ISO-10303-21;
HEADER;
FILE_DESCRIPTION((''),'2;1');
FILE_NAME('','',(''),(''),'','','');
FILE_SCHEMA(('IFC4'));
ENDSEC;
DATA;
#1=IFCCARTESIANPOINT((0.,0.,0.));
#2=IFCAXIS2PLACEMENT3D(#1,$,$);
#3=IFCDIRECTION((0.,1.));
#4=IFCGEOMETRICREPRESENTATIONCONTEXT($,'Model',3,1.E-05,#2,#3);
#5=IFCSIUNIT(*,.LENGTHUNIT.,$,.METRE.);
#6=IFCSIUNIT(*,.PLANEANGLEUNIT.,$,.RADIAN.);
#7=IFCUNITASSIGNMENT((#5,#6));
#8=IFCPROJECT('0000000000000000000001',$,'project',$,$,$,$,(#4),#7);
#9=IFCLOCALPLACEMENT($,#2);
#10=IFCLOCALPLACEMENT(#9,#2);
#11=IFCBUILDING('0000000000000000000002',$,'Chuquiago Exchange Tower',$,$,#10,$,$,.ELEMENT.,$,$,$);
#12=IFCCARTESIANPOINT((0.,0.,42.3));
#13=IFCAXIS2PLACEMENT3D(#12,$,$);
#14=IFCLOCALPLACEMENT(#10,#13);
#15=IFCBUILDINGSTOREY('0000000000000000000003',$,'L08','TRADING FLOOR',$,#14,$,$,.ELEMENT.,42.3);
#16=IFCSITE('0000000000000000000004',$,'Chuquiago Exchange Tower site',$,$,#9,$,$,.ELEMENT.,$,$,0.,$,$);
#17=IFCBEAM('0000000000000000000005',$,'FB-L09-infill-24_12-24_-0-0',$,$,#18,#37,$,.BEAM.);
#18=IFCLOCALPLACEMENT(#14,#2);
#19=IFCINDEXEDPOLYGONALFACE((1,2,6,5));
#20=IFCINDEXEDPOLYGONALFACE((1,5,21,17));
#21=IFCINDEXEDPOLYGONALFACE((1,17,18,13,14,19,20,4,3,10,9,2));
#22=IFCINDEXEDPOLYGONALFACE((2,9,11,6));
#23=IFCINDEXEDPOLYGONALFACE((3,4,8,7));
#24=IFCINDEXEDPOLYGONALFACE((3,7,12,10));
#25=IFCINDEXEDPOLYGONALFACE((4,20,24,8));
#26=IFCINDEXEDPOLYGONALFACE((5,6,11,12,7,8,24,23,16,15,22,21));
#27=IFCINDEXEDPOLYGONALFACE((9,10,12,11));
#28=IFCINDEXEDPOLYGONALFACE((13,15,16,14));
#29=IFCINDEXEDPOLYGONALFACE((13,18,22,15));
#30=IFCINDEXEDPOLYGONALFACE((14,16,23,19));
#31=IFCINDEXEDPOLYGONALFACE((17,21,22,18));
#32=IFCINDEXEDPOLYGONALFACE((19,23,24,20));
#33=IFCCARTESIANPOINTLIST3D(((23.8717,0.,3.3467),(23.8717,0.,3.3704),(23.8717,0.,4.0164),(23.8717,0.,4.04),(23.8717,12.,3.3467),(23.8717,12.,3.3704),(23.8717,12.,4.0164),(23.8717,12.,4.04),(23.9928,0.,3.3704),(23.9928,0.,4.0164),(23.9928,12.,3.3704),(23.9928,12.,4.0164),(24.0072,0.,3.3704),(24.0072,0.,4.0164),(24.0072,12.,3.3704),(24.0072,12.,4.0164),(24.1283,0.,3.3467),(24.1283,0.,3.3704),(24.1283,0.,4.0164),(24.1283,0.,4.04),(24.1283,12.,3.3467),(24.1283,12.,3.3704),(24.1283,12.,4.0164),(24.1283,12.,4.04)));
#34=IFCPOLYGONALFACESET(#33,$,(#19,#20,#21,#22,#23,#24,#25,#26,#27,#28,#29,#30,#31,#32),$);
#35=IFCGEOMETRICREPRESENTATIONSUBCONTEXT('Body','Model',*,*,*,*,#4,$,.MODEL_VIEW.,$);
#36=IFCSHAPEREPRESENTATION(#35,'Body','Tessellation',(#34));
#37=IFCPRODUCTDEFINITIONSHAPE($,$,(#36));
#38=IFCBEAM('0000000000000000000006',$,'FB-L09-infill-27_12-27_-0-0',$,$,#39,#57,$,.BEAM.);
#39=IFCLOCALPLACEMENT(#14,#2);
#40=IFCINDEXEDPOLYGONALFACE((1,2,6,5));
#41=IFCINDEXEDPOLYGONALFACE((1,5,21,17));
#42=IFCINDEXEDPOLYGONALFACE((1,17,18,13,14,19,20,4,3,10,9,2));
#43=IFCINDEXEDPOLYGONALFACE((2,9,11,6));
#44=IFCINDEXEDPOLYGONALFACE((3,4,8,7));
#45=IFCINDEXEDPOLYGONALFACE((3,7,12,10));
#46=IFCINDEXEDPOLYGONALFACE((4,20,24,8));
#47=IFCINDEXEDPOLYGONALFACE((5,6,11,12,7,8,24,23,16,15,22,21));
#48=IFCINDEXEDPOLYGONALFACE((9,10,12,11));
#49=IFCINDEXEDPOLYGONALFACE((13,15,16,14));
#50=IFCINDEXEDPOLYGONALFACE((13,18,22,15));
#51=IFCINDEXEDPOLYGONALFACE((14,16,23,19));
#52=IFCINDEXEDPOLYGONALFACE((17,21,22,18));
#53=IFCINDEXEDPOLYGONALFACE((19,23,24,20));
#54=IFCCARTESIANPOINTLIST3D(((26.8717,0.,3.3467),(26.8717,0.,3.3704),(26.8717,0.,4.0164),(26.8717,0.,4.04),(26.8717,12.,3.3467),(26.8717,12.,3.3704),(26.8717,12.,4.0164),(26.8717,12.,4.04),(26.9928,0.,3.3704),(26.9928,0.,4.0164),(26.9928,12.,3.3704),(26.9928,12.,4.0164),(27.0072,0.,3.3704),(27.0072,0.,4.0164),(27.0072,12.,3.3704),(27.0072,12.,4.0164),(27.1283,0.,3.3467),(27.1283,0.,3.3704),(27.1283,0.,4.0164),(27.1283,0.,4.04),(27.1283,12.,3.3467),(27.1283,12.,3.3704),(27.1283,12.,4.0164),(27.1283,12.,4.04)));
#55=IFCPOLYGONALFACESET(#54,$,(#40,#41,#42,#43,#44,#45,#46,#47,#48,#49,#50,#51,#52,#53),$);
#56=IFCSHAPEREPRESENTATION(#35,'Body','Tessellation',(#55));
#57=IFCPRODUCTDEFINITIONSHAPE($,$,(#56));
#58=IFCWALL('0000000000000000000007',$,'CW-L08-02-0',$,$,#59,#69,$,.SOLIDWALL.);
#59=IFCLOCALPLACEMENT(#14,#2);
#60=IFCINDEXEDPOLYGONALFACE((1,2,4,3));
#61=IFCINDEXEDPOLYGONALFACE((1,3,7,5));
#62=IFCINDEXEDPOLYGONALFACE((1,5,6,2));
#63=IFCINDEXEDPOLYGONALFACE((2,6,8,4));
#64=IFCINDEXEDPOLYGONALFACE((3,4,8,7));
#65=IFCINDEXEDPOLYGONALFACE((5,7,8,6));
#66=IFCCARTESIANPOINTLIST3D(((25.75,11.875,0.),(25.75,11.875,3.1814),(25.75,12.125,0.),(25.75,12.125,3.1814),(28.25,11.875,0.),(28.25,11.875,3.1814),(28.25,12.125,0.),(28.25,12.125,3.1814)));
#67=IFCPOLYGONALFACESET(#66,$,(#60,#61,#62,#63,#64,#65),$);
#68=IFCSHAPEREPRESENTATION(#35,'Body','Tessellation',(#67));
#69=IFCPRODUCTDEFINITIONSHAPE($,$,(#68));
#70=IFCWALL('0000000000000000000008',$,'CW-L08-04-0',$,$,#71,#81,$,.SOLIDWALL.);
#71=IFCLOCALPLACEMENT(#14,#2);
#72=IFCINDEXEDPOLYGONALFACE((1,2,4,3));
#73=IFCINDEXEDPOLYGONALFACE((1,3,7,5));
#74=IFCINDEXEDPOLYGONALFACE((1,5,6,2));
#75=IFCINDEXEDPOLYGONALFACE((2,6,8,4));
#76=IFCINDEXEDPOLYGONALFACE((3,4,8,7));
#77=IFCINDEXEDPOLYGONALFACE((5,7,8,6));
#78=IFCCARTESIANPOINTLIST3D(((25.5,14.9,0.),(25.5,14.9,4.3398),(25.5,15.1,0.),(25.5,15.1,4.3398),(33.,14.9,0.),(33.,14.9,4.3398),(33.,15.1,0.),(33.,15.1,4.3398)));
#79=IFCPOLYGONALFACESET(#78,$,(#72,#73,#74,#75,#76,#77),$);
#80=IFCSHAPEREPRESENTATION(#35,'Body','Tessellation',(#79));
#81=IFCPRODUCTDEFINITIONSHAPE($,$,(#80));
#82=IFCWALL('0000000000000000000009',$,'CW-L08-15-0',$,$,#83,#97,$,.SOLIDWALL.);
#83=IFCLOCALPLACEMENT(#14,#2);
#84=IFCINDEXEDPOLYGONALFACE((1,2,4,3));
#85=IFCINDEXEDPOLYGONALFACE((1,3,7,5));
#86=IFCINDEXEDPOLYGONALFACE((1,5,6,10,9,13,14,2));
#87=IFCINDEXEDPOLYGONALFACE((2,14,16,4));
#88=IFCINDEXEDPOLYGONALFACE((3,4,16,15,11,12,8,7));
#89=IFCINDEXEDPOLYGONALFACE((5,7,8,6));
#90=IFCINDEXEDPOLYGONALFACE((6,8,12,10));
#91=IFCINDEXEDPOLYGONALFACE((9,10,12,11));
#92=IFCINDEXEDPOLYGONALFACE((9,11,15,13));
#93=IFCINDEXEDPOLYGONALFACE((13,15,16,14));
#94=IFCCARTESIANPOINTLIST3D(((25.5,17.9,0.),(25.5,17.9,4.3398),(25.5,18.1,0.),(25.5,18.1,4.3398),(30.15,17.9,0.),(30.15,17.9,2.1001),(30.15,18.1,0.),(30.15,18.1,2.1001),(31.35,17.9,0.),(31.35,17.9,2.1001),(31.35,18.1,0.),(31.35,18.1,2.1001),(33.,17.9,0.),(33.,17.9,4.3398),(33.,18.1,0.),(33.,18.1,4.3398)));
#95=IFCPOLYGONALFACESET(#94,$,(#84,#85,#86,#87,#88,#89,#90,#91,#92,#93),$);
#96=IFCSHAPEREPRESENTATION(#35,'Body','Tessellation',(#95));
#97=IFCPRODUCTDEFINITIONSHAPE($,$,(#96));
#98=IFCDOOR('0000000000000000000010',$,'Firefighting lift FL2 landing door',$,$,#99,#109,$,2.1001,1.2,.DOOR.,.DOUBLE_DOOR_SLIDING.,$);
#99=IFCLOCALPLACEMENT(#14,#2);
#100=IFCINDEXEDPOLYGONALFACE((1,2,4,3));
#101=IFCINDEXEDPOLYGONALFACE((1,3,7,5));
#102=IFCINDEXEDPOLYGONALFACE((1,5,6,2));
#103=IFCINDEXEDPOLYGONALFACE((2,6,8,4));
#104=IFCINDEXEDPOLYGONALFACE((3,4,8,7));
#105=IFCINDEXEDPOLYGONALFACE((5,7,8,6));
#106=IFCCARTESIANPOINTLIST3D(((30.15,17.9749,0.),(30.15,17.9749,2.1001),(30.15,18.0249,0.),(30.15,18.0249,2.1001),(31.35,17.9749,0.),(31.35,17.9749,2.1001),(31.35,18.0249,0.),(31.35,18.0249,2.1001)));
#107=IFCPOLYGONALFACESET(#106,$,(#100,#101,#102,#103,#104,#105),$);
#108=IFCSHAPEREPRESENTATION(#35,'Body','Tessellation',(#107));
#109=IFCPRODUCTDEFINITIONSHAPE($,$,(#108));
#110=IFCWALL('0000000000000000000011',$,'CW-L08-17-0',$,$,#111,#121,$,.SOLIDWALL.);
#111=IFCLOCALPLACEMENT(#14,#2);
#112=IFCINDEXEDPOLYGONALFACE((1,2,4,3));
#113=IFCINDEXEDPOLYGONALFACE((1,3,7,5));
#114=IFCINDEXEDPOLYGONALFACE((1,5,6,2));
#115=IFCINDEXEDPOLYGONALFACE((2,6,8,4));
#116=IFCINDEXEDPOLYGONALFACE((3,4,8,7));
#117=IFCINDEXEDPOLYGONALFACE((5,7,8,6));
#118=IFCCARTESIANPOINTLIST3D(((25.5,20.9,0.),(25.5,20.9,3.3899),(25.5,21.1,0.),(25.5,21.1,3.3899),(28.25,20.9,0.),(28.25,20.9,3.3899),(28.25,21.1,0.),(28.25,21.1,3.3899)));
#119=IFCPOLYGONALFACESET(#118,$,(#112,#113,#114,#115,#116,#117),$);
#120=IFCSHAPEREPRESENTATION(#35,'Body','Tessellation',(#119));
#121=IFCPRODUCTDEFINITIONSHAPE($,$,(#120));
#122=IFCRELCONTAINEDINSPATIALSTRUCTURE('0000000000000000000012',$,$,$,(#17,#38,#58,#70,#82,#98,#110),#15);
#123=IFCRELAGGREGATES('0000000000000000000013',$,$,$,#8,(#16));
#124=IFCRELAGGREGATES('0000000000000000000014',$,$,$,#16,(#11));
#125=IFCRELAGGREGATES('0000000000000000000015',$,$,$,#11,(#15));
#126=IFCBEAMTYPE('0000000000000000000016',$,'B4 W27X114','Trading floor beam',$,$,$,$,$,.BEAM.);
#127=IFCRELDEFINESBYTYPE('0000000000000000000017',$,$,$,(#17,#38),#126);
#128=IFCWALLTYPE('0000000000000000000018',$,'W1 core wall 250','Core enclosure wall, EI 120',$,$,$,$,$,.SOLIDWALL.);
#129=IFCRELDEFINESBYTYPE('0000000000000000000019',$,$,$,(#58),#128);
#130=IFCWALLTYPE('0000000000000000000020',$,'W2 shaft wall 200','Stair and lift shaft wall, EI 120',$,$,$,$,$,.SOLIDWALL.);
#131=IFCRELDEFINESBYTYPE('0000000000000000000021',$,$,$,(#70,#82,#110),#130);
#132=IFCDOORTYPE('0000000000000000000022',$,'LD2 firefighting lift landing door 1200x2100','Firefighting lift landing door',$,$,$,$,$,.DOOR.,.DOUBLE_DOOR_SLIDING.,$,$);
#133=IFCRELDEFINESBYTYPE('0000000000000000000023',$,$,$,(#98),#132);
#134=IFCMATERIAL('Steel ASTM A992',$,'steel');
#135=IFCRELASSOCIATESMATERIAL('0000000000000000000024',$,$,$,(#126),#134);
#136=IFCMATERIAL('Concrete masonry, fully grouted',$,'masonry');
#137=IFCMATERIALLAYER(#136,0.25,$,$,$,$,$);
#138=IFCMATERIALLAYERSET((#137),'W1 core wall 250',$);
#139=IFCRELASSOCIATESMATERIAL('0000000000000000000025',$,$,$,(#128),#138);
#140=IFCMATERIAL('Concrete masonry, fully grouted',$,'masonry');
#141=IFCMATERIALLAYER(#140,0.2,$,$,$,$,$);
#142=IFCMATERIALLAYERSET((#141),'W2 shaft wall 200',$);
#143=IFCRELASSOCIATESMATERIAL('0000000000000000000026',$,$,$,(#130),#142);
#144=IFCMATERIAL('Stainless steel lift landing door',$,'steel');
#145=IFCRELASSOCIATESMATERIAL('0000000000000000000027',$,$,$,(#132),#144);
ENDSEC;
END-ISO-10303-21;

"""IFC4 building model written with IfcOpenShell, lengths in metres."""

from ifc_helpers import new_model, si_unit, direction, frame, frame_2d, origin, origin_2d, place, context, subcontext, project, spatial, rectangle, i_section, extrude, material, layer, layer_set, material_profile, profile_set, type_object, element, fill, save


model = new_model("IFC4")

# Units and contexts
model_context = context("Model", 3, precision=1e-05, world=origin(), true_north=direction((0.0, 1.0)))
body_context = subcontext(model_context, "Body", "Model", "MODEL_VIEW")
ifc_project = project(units=[si_unit("LENGTHUNIT", "METRE"), si_unit("PLANEANGLEUNIT", "RADIAN")], contexts=[model_context])

# Site, building, storey
site_placement = place(None, origin())
site = spatial("IfcSite", under=ifc_project, at=site_placement, Name="Chuquiago Exchange Tower site", CompositionType="ELEMENT", RefElevation=0.0)
building_placement = place(site_placement, origin())
building = spatial("IfcBuilding", under=site, at=building_placement, Name="Chuquiago Exchange Tower", CompositionType="ELEMENT")
storey_placement = place(building_placement, frame((0.0, 0.0, 42.3)))
storey = spatial("IfcBuildingStorey", under=building, at=storey_placement, Name="L08", Description="TRADING FLOOR", CompositionType="ELEMENT", Elevation=42.3)

# Beams
ifc_material_1 = material(Name="Steel ASTM A992", Category="steel")
ifc_material_profile_1 = material_profile(ifc_material_1, i_section(OverallWidth=0.2566, OverallDepth=0.6934, WebThickness=0.0144, FlangeThickness=0.0237, at=origin_2d()), Name="W27X114")
ifc_profile_set_1 = profile_set([ifc_material_profile_1], Name="Steel ASTM A992")
beam_type_1 = type_object("IfcBeamType", Name="B4 W27X114", Description="Trading floor beam", PredefinedType="BEAM", material=ifc_profile_set_1)
for number, where, z_axis, x_axis, name in (
    (1, (24.0, 12.0, 3.6934), (0.0, -1.0, 0.0), (1.0, 0.0, 0.0), "FB-L09-infill-24_12-24_-0-0"),
    (2, (27.0, 12.0, 3.6934), (0.0, -1.0, 0.0), (1.0, 0.0, 0.0), "FB-L09-infill-27_12-27_-0-0"),
):
    element("IfcBeam", number, at=place(storey_placement, frame(where, z_axis=z_axis, x_axis=x_axis)), inside=storey, type_object=beam_type_1, Name=name, PredefinedType="BEAM", context=body_context, shape_type="SweptSolid", body=[
        extrude(i_section(OverallWidth=0.2566, OverallDepth=0.6934, WebThickness=0.0144, FlangeThickness=0.0237, at=origin_2d()), origin(), (0.0, 0.0, 1.0), 12.0),
    ])

# Walls
ifc_material_2 = material(Name="Concrete masonry, fully grouted", Category="masonry")
ifc_layer_1 = layer(ifc_material_2, 0.25)
ifc_layer_set_1 = layer_set([ifc_layer_1], Name="W1 core wall 250")
wall_type_1 = type_object("IfcWallType", Name="W1 core wall 250", Description="Core enclosure wall, EI 120", PredefinedType="SOLIDWALL", material=ifc_layer_set_1)
wall_1_placement = place(storey_placement, frame((25.75, 12.0, 0.0), z_axis=(0.0, 0.0, 1.0), x_axis=(1.0, 0.0, 0.0)))
element("IfcWall", 3, at=wall_1_placement, inside=storey, type_object=wall_type_1, Name="CW-L08-02-0", PredefinedType="SOLIDWALL", context=body_context, shape_type="SweptSolid", body=[
    extrude(rectangle(XDim=2.5, YDim=0.25, at=frame_2d((1.25, 0.0))), origin(), (0.0, 0.0, 1.0), 3.1814),
])
ifc_material_3 = material(Name="Concrete masonry, fully grouted", Category="masonry")
ifc_layer_2 = layer(ifc_material_3, 0.2)
ifc_layer_set_2 = layer_set([ifc_layer_2], Name="W2 shaft wall 200")
wall_type_2 = type_object("IfcWallType", Name="W2 shaft wall 200", Description="Stair and lift shaft wall, EI 120", PredefinedType="SOLIDWALL", material=ifc_layer_set_2)
wall_2_placement = place(storey_placement, frame((25.5, 15.0, 0.0), z_axis=(0.0, 0.0, 1.0), x_axis=(1.0, 0.0, 0.0)))
element("IfcWall", 4, at=wall_2_placement, inside=storey, type_object=wall_type_2, Name="CW-L08-04-0", PredefinedType="SOLIDWALL", context=body_context, shape_type="SweptSolid", body=[
    extrude(rectangle(XDim=7.5, YDim=0.2, at=frame_2d((3.75, 0.0))), origin(), (0.0, 0.0, 1.0), 4.3398),
])

# Wall, opening, door
wall_3_placement = place(storey_placement, frame((25.5, 18.0, 0.0), z_axis=(0.0, 0.0, 1.0), x_axis=(1.0, 0.0, 0.0)))
wall_3 = element("IfcWall", 5, at=wall_3_placement, inside=storey, type_object=wall_type_2, Name="CW-L08-15-0", PredefinedType="SOLIDWALL", context=body_context, shape_type="SweptSolid", body=[
    extrude(rectangle(XDim=7.5, YDim=0.2, at=frame_2d((3.75, 0.0))), origin(), (0.0, 0.0, 1.0), 4.3398),
])
opening_1_placement = place(wall_3_placement, frame((4.6499, 0.0, 0.0)))
opening_1 = element("IfcOpeningElement", 6, at=opening_1_placement, cuts=wall_3, PredefinedType="OPENING", context=body_context, shape_type="SweptSolid", body=[
    extrude(rectangle(XDim=1.2, YDim=2.1001, at=frame_2d((0.6001, 1.05))), frame((0.0, 0.1099, 0.0), z_axis=(0.0, -1.0, 0.0), x_axis=(1.0, 0.0, 0.0)), (0.0, 0.0, 1.0), 0.22),
])
ifc_material_4 = material(Name="Stainless steel lift landing door", Category="steel")
door_type_1 = type_object("IfcDoorType", Name="LD2 firefighting lift landing door 1200x2100", Description="Firefighting lift landing door", OperationType="DOUBLE_DOOR_SLIDING", PredefinedType="DOOR", material=ifc_material_4)
door_1_placement = place(opening_1_placement, origin())
door_1 = element("IfcDoor", 7, at=door_1_placement, inside=storey, type_object=door_type_1, Name="Firefighting lift FL2 landing door", OperationType="DOUBLE_DOOR_SLIDING", OverallHeight=2.1001, OverallWidth=1.2, PredefinedType="DOOR", context=body_context, shape_type="SweptSolid", body=[
    extrude(rectangle(XDim=1.2, YDim=2.1001, at=frame_2d((0.6001, 1.05))), frame((0.0, 0.0249, 0.0), z_axis=(0.0, -1.0, 0.0), x_axis=(1.0, 0.0, 0.0)), (0.0, 0.0, 1.0), 0.05),
])
fill(opening_1, door_1)

# Wall
wall_4_placement = place(storey_placement, frame((25.5, 21.0, 0.0), z_axis=(0.0, 0.0, 1.0), x_axis=(1.0, 0.0, 0.0)))
element("IfcWall", 8, at=wall_4_placement, inside=storey, type_object=wall_type_2, Name="CW-L08-17-0", PredefinedType="SOLIDWALL", context=body_context, shape_type="SweptSolid", body=[
    extrude(rectangle(XDim=2.75, YDim=0.2, at=frame_2d((1.375, 0.0))), origin(), (0.0, 0.0, 1.0), 3.3899),
])

save(model, "model.ifc")
